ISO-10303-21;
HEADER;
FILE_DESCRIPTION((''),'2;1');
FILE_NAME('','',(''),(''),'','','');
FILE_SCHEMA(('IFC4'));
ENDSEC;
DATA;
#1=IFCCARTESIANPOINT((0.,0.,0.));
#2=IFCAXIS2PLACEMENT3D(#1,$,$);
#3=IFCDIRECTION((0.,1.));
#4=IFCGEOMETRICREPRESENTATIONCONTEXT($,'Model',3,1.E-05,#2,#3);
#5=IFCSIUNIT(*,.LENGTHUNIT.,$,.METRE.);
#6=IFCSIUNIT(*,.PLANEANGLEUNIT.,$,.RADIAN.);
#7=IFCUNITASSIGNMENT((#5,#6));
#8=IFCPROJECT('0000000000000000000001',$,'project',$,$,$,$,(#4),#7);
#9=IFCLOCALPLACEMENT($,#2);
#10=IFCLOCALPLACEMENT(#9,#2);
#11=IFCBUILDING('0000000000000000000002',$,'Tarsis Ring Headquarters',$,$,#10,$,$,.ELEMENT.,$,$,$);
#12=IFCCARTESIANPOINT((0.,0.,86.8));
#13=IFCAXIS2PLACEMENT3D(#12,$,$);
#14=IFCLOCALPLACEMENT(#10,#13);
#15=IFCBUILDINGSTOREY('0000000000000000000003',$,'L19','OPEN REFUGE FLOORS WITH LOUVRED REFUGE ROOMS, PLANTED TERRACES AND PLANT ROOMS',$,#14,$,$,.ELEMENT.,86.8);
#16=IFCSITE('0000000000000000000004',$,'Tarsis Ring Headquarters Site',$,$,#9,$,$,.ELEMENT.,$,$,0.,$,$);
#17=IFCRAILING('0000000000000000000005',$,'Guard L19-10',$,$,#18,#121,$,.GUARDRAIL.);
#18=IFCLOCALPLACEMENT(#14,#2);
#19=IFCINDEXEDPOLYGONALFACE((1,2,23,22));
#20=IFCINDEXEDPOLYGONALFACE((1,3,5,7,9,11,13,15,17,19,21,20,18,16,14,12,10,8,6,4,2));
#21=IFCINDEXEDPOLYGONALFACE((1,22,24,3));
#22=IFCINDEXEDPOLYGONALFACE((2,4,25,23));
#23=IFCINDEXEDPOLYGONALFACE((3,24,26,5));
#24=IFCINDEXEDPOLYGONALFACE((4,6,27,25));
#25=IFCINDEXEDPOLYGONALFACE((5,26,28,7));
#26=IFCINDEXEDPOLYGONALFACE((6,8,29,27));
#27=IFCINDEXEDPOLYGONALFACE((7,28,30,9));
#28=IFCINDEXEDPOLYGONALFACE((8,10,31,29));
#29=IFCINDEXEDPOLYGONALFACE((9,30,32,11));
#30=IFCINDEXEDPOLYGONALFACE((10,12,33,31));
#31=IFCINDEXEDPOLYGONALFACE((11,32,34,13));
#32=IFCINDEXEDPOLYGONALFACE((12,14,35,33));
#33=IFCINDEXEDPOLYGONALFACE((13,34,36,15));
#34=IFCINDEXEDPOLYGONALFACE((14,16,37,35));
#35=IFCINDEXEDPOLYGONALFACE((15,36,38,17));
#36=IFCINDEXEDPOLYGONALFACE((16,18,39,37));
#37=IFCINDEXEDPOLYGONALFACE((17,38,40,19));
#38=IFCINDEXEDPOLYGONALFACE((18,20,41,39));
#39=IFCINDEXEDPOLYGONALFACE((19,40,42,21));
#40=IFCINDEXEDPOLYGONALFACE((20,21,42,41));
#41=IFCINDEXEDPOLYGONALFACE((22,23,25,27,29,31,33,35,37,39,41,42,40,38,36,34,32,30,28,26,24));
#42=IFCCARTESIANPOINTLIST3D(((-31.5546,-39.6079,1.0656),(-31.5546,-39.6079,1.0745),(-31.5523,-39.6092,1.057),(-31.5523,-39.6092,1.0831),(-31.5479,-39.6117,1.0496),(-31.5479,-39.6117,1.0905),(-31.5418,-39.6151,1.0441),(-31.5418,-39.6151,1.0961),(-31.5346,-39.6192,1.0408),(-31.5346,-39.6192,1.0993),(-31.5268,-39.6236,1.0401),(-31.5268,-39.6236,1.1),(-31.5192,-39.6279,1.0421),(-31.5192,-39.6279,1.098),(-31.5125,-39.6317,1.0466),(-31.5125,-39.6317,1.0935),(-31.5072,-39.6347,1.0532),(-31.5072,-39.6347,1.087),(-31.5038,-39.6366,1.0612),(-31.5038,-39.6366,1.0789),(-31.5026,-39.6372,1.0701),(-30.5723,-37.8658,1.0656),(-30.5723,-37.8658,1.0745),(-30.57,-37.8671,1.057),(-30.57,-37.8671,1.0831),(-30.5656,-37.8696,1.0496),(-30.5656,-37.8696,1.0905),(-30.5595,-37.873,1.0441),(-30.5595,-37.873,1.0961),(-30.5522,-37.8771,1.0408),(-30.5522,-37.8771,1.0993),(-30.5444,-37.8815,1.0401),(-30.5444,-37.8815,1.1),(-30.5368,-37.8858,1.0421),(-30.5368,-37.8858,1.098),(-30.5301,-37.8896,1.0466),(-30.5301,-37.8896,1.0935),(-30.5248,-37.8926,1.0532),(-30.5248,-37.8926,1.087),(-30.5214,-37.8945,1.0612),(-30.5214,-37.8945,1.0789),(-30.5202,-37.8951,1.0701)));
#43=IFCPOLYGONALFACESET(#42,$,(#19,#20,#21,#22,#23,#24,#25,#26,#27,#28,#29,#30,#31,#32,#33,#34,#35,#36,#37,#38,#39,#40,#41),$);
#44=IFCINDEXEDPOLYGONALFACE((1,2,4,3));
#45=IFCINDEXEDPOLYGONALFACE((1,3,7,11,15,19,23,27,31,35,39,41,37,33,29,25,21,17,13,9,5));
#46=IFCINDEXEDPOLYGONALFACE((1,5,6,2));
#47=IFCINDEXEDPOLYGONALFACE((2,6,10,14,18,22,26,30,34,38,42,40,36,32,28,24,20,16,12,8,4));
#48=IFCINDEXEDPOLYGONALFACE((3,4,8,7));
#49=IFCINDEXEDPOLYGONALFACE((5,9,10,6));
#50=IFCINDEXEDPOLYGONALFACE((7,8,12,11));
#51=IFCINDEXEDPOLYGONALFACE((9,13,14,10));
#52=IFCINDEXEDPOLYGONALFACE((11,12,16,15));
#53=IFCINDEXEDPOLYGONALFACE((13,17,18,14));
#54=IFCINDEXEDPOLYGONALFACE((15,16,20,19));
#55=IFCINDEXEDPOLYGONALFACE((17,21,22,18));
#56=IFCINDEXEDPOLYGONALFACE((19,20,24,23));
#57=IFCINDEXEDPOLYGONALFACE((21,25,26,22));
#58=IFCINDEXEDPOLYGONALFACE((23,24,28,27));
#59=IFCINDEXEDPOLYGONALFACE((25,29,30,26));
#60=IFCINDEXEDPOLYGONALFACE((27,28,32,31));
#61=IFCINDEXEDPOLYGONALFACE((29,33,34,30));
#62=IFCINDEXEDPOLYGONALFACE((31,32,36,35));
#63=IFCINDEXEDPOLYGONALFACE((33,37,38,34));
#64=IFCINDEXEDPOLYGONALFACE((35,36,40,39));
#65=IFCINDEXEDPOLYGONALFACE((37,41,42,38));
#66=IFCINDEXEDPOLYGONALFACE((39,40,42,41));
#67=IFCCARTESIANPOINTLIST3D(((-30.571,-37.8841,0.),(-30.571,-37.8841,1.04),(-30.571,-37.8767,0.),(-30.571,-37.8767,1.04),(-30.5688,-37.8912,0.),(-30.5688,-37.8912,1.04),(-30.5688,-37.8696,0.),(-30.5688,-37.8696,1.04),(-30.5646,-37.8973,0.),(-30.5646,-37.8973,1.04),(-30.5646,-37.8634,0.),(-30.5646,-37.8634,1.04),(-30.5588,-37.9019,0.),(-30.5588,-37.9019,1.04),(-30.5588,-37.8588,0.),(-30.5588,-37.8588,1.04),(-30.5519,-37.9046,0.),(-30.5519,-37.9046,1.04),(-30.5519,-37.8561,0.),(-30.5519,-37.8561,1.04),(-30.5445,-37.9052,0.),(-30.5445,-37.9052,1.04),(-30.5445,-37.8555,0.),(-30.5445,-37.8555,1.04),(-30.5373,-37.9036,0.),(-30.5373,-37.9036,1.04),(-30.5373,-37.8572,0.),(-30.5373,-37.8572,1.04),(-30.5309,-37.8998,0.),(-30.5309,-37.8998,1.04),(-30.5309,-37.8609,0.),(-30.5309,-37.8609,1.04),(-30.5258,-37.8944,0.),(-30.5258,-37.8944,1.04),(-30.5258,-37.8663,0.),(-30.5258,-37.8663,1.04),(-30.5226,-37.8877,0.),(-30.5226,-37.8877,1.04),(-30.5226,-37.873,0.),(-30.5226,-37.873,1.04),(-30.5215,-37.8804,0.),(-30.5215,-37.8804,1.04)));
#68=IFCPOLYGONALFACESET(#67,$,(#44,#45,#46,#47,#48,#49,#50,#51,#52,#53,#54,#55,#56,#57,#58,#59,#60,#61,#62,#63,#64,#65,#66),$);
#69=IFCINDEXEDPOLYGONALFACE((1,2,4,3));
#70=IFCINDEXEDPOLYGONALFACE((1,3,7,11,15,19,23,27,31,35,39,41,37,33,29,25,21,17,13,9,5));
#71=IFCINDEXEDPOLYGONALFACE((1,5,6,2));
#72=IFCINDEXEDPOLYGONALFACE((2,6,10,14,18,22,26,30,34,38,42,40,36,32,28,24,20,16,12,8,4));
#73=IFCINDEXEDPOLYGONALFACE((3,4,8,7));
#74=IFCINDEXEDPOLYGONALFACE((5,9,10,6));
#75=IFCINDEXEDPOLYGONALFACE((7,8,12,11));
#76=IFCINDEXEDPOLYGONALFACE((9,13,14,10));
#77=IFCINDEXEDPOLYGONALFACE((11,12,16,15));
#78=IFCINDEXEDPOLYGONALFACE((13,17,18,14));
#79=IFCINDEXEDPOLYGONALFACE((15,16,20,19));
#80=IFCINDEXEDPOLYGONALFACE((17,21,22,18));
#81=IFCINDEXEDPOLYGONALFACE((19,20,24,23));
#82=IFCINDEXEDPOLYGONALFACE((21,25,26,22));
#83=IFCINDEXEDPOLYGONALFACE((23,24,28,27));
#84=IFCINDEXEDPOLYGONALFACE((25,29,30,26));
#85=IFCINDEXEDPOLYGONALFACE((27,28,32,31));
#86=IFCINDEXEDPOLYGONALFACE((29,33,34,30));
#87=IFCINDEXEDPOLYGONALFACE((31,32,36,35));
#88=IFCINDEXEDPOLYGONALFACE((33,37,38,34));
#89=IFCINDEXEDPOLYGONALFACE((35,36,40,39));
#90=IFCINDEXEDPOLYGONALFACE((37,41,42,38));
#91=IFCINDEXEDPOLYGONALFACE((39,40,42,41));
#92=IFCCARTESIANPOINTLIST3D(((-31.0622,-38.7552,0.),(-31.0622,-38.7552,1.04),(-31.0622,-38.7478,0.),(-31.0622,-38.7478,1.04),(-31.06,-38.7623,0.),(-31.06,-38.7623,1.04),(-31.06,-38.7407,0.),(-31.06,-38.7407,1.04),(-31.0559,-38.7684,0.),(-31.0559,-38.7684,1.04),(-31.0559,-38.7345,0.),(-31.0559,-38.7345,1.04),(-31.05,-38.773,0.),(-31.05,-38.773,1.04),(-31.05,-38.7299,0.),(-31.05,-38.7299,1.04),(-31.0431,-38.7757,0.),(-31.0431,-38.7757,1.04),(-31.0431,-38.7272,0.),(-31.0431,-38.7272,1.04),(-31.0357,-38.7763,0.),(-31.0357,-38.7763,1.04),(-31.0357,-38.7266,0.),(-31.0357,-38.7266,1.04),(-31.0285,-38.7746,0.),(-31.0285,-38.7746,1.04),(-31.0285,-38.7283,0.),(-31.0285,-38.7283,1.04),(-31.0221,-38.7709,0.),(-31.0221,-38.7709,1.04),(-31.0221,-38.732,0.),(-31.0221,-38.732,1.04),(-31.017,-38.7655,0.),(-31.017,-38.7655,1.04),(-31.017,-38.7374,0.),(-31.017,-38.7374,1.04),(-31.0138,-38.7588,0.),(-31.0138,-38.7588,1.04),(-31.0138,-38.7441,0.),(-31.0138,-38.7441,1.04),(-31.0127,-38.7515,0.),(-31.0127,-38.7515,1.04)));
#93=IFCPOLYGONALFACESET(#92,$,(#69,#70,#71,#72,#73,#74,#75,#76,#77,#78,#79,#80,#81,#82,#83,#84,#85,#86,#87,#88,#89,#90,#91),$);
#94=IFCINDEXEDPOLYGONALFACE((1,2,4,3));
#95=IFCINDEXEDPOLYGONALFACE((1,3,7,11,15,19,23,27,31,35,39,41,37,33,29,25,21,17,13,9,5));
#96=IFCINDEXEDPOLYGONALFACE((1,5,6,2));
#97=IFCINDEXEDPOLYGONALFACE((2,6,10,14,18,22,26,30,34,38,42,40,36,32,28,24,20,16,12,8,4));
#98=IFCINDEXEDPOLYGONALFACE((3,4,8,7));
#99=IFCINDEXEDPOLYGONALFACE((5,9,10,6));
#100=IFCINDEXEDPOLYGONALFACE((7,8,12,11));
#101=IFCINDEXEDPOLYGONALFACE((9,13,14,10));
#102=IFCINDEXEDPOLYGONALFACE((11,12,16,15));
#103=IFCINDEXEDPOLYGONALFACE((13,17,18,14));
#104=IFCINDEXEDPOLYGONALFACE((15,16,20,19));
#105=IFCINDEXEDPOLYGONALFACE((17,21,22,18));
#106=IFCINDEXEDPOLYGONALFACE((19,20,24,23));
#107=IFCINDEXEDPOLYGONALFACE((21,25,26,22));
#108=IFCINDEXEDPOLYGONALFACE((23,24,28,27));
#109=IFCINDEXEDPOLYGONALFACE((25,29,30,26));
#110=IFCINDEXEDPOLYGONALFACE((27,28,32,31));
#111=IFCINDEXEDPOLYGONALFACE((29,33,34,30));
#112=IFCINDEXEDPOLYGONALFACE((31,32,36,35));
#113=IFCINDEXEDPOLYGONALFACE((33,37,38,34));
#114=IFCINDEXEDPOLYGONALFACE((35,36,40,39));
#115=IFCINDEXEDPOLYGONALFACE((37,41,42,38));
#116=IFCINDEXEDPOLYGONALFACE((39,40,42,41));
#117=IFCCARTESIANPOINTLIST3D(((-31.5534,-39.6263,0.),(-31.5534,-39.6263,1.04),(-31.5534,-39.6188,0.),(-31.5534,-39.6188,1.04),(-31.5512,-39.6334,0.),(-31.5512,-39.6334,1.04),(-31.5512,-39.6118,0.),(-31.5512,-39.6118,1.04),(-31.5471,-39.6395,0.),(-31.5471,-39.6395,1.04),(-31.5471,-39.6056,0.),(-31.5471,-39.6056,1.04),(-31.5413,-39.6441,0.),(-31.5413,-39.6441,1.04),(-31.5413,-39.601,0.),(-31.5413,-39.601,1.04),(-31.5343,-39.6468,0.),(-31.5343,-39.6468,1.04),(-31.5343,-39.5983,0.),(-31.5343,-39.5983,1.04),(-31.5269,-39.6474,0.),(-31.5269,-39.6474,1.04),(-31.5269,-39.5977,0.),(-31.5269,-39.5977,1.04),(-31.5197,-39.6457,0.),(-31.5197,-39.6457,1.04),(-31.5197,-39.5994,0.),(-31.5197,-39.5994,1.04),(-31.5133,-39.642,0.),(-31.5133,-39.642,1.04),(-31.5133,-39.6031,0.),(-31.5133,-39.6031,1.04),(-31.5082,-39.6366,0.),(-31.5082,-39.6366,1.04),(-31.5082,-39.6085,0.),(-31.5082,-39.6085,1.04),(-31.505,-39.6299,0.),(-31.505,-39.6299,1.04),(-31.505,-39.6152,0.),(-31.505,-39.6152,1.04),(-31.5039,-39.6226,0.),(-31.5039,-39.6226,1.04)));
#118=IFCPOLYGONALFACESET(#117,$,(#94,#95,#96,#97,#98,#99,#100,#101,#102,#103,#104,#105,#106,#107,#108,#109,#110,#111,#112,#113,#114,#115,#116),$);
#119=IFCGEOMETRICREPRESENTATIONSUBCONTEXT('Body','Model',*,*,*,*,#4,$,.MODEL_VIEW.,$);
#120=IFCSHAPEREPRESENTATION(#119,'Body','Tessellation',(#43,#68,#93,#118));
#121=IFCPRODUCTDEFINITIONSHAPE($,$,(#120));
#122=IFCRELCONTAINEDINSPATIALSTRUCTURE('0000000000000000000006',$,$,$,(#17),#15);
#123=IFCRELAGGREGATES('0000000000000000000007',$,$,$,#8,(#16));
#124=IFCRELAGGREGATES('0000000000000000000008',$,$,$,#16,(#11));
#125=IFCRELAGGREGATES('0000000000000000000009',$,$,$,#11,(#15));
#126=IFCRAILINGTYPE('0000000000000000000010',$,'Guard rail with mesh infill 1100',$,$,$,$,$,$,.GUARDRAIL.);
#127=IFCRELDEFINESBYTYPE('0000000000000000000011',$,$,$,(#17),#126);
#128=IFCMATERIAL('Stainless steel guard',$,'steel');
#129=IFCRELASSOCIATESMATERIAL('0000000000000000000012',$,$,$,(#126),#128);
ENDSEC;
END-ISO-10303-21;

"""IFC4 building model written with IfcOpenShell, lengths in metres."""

from ifc_helpers import new_model, si_unit, direction, frame, origin, origin_2d, place, context, subcontext, project, spatial, circle, extrude, material, type_object, element, save


model = new_model("IFC4")

# Units and contexts
model_context = context("Model", 3, precision=1e-05, world=origin(), true_north=direction((0.0, 1.0)))
body_context = subcontext(model_context, "Body", "Model", "MODEL_VIEW")
ifc_project = project(units=[si_unit("LENGTHUNIT", "METRE"), si_unit("PLANEANGLEUNIT", "RADIAN")], contexts=[model_context])

# Site, building, storey
site_placement = place(None, origin())
site = spatial("IfcSite", under=ifc_project, at=site_placement, Name="Tarsis Ring Headquarters Site", CompositionType="ELEMENT", RefElevation=0.0)
building_placement = place(site_placement, origin())
building = spatial("IfcBuilding", under=site, at=building_placement, Name="Tarsis Ring Headquarters", CompositionType="ELEMENT")
storey_placement = place(building_placement, frame((0.0, 0.0, 86.8)))
storey = spatial("IfcBuildingStorey", under=building, at=storey_placement, Name="L19", Description="OPEN REFUGE FLOORS WITH LOUVRED REFUGE ROOMS, PLANTED TERRACES AND PLANT ROOMS", CompositionType="ELEMENT", Elevation=86.8)

# Railing
ifc_material_1 = material(Name="Stainless steel guard", Category="steel")
railing_type_1 = type_object("IfcRailingType", Name="Guard rail with mesh infill 1100", PredefinedType="GUARDRAIL", material=ifc_material_1)
railing_1_placement = place(storey_placement, frame((-30.5464, -37.8804, 0.0)))
element("IfcRailing", 1, at=railing_1_placement, inside=storey, type_object=railing_type_1, Name="Guard L19-10", PredefinedType="GUARDRAIL", context=body_context, shape_type="SweptSolid", body=[
    extrude(circle(Radius=0.03, at=origin_2d()), frame((0.0, 0.0, 1.0701), z_axis=(-0.491188, -0.871053, 0.0), x_axis=(0.871053, -0.491188, 0.0)), (0.0, 0.0, 1.0), 2.0),
    extrude(circle(Radius=0.0249, at=origin_2d()), origin(), (0.0, 0.0, 1.0), 1.04),
    extrude(circle(Radius=0.0249, at=origin_2d()), frame((-0.4912, -0.8711, 0.0)), (0.0, 0.0, 1.0), 1.04),
    extrude(circle(Radius=0.0249, at=origin_2d()), frame((-0.9824, -1.7422, 0.0)), (0.0, 0.0, 1.0), 1.04),
])

save(model, "model.ifc")
